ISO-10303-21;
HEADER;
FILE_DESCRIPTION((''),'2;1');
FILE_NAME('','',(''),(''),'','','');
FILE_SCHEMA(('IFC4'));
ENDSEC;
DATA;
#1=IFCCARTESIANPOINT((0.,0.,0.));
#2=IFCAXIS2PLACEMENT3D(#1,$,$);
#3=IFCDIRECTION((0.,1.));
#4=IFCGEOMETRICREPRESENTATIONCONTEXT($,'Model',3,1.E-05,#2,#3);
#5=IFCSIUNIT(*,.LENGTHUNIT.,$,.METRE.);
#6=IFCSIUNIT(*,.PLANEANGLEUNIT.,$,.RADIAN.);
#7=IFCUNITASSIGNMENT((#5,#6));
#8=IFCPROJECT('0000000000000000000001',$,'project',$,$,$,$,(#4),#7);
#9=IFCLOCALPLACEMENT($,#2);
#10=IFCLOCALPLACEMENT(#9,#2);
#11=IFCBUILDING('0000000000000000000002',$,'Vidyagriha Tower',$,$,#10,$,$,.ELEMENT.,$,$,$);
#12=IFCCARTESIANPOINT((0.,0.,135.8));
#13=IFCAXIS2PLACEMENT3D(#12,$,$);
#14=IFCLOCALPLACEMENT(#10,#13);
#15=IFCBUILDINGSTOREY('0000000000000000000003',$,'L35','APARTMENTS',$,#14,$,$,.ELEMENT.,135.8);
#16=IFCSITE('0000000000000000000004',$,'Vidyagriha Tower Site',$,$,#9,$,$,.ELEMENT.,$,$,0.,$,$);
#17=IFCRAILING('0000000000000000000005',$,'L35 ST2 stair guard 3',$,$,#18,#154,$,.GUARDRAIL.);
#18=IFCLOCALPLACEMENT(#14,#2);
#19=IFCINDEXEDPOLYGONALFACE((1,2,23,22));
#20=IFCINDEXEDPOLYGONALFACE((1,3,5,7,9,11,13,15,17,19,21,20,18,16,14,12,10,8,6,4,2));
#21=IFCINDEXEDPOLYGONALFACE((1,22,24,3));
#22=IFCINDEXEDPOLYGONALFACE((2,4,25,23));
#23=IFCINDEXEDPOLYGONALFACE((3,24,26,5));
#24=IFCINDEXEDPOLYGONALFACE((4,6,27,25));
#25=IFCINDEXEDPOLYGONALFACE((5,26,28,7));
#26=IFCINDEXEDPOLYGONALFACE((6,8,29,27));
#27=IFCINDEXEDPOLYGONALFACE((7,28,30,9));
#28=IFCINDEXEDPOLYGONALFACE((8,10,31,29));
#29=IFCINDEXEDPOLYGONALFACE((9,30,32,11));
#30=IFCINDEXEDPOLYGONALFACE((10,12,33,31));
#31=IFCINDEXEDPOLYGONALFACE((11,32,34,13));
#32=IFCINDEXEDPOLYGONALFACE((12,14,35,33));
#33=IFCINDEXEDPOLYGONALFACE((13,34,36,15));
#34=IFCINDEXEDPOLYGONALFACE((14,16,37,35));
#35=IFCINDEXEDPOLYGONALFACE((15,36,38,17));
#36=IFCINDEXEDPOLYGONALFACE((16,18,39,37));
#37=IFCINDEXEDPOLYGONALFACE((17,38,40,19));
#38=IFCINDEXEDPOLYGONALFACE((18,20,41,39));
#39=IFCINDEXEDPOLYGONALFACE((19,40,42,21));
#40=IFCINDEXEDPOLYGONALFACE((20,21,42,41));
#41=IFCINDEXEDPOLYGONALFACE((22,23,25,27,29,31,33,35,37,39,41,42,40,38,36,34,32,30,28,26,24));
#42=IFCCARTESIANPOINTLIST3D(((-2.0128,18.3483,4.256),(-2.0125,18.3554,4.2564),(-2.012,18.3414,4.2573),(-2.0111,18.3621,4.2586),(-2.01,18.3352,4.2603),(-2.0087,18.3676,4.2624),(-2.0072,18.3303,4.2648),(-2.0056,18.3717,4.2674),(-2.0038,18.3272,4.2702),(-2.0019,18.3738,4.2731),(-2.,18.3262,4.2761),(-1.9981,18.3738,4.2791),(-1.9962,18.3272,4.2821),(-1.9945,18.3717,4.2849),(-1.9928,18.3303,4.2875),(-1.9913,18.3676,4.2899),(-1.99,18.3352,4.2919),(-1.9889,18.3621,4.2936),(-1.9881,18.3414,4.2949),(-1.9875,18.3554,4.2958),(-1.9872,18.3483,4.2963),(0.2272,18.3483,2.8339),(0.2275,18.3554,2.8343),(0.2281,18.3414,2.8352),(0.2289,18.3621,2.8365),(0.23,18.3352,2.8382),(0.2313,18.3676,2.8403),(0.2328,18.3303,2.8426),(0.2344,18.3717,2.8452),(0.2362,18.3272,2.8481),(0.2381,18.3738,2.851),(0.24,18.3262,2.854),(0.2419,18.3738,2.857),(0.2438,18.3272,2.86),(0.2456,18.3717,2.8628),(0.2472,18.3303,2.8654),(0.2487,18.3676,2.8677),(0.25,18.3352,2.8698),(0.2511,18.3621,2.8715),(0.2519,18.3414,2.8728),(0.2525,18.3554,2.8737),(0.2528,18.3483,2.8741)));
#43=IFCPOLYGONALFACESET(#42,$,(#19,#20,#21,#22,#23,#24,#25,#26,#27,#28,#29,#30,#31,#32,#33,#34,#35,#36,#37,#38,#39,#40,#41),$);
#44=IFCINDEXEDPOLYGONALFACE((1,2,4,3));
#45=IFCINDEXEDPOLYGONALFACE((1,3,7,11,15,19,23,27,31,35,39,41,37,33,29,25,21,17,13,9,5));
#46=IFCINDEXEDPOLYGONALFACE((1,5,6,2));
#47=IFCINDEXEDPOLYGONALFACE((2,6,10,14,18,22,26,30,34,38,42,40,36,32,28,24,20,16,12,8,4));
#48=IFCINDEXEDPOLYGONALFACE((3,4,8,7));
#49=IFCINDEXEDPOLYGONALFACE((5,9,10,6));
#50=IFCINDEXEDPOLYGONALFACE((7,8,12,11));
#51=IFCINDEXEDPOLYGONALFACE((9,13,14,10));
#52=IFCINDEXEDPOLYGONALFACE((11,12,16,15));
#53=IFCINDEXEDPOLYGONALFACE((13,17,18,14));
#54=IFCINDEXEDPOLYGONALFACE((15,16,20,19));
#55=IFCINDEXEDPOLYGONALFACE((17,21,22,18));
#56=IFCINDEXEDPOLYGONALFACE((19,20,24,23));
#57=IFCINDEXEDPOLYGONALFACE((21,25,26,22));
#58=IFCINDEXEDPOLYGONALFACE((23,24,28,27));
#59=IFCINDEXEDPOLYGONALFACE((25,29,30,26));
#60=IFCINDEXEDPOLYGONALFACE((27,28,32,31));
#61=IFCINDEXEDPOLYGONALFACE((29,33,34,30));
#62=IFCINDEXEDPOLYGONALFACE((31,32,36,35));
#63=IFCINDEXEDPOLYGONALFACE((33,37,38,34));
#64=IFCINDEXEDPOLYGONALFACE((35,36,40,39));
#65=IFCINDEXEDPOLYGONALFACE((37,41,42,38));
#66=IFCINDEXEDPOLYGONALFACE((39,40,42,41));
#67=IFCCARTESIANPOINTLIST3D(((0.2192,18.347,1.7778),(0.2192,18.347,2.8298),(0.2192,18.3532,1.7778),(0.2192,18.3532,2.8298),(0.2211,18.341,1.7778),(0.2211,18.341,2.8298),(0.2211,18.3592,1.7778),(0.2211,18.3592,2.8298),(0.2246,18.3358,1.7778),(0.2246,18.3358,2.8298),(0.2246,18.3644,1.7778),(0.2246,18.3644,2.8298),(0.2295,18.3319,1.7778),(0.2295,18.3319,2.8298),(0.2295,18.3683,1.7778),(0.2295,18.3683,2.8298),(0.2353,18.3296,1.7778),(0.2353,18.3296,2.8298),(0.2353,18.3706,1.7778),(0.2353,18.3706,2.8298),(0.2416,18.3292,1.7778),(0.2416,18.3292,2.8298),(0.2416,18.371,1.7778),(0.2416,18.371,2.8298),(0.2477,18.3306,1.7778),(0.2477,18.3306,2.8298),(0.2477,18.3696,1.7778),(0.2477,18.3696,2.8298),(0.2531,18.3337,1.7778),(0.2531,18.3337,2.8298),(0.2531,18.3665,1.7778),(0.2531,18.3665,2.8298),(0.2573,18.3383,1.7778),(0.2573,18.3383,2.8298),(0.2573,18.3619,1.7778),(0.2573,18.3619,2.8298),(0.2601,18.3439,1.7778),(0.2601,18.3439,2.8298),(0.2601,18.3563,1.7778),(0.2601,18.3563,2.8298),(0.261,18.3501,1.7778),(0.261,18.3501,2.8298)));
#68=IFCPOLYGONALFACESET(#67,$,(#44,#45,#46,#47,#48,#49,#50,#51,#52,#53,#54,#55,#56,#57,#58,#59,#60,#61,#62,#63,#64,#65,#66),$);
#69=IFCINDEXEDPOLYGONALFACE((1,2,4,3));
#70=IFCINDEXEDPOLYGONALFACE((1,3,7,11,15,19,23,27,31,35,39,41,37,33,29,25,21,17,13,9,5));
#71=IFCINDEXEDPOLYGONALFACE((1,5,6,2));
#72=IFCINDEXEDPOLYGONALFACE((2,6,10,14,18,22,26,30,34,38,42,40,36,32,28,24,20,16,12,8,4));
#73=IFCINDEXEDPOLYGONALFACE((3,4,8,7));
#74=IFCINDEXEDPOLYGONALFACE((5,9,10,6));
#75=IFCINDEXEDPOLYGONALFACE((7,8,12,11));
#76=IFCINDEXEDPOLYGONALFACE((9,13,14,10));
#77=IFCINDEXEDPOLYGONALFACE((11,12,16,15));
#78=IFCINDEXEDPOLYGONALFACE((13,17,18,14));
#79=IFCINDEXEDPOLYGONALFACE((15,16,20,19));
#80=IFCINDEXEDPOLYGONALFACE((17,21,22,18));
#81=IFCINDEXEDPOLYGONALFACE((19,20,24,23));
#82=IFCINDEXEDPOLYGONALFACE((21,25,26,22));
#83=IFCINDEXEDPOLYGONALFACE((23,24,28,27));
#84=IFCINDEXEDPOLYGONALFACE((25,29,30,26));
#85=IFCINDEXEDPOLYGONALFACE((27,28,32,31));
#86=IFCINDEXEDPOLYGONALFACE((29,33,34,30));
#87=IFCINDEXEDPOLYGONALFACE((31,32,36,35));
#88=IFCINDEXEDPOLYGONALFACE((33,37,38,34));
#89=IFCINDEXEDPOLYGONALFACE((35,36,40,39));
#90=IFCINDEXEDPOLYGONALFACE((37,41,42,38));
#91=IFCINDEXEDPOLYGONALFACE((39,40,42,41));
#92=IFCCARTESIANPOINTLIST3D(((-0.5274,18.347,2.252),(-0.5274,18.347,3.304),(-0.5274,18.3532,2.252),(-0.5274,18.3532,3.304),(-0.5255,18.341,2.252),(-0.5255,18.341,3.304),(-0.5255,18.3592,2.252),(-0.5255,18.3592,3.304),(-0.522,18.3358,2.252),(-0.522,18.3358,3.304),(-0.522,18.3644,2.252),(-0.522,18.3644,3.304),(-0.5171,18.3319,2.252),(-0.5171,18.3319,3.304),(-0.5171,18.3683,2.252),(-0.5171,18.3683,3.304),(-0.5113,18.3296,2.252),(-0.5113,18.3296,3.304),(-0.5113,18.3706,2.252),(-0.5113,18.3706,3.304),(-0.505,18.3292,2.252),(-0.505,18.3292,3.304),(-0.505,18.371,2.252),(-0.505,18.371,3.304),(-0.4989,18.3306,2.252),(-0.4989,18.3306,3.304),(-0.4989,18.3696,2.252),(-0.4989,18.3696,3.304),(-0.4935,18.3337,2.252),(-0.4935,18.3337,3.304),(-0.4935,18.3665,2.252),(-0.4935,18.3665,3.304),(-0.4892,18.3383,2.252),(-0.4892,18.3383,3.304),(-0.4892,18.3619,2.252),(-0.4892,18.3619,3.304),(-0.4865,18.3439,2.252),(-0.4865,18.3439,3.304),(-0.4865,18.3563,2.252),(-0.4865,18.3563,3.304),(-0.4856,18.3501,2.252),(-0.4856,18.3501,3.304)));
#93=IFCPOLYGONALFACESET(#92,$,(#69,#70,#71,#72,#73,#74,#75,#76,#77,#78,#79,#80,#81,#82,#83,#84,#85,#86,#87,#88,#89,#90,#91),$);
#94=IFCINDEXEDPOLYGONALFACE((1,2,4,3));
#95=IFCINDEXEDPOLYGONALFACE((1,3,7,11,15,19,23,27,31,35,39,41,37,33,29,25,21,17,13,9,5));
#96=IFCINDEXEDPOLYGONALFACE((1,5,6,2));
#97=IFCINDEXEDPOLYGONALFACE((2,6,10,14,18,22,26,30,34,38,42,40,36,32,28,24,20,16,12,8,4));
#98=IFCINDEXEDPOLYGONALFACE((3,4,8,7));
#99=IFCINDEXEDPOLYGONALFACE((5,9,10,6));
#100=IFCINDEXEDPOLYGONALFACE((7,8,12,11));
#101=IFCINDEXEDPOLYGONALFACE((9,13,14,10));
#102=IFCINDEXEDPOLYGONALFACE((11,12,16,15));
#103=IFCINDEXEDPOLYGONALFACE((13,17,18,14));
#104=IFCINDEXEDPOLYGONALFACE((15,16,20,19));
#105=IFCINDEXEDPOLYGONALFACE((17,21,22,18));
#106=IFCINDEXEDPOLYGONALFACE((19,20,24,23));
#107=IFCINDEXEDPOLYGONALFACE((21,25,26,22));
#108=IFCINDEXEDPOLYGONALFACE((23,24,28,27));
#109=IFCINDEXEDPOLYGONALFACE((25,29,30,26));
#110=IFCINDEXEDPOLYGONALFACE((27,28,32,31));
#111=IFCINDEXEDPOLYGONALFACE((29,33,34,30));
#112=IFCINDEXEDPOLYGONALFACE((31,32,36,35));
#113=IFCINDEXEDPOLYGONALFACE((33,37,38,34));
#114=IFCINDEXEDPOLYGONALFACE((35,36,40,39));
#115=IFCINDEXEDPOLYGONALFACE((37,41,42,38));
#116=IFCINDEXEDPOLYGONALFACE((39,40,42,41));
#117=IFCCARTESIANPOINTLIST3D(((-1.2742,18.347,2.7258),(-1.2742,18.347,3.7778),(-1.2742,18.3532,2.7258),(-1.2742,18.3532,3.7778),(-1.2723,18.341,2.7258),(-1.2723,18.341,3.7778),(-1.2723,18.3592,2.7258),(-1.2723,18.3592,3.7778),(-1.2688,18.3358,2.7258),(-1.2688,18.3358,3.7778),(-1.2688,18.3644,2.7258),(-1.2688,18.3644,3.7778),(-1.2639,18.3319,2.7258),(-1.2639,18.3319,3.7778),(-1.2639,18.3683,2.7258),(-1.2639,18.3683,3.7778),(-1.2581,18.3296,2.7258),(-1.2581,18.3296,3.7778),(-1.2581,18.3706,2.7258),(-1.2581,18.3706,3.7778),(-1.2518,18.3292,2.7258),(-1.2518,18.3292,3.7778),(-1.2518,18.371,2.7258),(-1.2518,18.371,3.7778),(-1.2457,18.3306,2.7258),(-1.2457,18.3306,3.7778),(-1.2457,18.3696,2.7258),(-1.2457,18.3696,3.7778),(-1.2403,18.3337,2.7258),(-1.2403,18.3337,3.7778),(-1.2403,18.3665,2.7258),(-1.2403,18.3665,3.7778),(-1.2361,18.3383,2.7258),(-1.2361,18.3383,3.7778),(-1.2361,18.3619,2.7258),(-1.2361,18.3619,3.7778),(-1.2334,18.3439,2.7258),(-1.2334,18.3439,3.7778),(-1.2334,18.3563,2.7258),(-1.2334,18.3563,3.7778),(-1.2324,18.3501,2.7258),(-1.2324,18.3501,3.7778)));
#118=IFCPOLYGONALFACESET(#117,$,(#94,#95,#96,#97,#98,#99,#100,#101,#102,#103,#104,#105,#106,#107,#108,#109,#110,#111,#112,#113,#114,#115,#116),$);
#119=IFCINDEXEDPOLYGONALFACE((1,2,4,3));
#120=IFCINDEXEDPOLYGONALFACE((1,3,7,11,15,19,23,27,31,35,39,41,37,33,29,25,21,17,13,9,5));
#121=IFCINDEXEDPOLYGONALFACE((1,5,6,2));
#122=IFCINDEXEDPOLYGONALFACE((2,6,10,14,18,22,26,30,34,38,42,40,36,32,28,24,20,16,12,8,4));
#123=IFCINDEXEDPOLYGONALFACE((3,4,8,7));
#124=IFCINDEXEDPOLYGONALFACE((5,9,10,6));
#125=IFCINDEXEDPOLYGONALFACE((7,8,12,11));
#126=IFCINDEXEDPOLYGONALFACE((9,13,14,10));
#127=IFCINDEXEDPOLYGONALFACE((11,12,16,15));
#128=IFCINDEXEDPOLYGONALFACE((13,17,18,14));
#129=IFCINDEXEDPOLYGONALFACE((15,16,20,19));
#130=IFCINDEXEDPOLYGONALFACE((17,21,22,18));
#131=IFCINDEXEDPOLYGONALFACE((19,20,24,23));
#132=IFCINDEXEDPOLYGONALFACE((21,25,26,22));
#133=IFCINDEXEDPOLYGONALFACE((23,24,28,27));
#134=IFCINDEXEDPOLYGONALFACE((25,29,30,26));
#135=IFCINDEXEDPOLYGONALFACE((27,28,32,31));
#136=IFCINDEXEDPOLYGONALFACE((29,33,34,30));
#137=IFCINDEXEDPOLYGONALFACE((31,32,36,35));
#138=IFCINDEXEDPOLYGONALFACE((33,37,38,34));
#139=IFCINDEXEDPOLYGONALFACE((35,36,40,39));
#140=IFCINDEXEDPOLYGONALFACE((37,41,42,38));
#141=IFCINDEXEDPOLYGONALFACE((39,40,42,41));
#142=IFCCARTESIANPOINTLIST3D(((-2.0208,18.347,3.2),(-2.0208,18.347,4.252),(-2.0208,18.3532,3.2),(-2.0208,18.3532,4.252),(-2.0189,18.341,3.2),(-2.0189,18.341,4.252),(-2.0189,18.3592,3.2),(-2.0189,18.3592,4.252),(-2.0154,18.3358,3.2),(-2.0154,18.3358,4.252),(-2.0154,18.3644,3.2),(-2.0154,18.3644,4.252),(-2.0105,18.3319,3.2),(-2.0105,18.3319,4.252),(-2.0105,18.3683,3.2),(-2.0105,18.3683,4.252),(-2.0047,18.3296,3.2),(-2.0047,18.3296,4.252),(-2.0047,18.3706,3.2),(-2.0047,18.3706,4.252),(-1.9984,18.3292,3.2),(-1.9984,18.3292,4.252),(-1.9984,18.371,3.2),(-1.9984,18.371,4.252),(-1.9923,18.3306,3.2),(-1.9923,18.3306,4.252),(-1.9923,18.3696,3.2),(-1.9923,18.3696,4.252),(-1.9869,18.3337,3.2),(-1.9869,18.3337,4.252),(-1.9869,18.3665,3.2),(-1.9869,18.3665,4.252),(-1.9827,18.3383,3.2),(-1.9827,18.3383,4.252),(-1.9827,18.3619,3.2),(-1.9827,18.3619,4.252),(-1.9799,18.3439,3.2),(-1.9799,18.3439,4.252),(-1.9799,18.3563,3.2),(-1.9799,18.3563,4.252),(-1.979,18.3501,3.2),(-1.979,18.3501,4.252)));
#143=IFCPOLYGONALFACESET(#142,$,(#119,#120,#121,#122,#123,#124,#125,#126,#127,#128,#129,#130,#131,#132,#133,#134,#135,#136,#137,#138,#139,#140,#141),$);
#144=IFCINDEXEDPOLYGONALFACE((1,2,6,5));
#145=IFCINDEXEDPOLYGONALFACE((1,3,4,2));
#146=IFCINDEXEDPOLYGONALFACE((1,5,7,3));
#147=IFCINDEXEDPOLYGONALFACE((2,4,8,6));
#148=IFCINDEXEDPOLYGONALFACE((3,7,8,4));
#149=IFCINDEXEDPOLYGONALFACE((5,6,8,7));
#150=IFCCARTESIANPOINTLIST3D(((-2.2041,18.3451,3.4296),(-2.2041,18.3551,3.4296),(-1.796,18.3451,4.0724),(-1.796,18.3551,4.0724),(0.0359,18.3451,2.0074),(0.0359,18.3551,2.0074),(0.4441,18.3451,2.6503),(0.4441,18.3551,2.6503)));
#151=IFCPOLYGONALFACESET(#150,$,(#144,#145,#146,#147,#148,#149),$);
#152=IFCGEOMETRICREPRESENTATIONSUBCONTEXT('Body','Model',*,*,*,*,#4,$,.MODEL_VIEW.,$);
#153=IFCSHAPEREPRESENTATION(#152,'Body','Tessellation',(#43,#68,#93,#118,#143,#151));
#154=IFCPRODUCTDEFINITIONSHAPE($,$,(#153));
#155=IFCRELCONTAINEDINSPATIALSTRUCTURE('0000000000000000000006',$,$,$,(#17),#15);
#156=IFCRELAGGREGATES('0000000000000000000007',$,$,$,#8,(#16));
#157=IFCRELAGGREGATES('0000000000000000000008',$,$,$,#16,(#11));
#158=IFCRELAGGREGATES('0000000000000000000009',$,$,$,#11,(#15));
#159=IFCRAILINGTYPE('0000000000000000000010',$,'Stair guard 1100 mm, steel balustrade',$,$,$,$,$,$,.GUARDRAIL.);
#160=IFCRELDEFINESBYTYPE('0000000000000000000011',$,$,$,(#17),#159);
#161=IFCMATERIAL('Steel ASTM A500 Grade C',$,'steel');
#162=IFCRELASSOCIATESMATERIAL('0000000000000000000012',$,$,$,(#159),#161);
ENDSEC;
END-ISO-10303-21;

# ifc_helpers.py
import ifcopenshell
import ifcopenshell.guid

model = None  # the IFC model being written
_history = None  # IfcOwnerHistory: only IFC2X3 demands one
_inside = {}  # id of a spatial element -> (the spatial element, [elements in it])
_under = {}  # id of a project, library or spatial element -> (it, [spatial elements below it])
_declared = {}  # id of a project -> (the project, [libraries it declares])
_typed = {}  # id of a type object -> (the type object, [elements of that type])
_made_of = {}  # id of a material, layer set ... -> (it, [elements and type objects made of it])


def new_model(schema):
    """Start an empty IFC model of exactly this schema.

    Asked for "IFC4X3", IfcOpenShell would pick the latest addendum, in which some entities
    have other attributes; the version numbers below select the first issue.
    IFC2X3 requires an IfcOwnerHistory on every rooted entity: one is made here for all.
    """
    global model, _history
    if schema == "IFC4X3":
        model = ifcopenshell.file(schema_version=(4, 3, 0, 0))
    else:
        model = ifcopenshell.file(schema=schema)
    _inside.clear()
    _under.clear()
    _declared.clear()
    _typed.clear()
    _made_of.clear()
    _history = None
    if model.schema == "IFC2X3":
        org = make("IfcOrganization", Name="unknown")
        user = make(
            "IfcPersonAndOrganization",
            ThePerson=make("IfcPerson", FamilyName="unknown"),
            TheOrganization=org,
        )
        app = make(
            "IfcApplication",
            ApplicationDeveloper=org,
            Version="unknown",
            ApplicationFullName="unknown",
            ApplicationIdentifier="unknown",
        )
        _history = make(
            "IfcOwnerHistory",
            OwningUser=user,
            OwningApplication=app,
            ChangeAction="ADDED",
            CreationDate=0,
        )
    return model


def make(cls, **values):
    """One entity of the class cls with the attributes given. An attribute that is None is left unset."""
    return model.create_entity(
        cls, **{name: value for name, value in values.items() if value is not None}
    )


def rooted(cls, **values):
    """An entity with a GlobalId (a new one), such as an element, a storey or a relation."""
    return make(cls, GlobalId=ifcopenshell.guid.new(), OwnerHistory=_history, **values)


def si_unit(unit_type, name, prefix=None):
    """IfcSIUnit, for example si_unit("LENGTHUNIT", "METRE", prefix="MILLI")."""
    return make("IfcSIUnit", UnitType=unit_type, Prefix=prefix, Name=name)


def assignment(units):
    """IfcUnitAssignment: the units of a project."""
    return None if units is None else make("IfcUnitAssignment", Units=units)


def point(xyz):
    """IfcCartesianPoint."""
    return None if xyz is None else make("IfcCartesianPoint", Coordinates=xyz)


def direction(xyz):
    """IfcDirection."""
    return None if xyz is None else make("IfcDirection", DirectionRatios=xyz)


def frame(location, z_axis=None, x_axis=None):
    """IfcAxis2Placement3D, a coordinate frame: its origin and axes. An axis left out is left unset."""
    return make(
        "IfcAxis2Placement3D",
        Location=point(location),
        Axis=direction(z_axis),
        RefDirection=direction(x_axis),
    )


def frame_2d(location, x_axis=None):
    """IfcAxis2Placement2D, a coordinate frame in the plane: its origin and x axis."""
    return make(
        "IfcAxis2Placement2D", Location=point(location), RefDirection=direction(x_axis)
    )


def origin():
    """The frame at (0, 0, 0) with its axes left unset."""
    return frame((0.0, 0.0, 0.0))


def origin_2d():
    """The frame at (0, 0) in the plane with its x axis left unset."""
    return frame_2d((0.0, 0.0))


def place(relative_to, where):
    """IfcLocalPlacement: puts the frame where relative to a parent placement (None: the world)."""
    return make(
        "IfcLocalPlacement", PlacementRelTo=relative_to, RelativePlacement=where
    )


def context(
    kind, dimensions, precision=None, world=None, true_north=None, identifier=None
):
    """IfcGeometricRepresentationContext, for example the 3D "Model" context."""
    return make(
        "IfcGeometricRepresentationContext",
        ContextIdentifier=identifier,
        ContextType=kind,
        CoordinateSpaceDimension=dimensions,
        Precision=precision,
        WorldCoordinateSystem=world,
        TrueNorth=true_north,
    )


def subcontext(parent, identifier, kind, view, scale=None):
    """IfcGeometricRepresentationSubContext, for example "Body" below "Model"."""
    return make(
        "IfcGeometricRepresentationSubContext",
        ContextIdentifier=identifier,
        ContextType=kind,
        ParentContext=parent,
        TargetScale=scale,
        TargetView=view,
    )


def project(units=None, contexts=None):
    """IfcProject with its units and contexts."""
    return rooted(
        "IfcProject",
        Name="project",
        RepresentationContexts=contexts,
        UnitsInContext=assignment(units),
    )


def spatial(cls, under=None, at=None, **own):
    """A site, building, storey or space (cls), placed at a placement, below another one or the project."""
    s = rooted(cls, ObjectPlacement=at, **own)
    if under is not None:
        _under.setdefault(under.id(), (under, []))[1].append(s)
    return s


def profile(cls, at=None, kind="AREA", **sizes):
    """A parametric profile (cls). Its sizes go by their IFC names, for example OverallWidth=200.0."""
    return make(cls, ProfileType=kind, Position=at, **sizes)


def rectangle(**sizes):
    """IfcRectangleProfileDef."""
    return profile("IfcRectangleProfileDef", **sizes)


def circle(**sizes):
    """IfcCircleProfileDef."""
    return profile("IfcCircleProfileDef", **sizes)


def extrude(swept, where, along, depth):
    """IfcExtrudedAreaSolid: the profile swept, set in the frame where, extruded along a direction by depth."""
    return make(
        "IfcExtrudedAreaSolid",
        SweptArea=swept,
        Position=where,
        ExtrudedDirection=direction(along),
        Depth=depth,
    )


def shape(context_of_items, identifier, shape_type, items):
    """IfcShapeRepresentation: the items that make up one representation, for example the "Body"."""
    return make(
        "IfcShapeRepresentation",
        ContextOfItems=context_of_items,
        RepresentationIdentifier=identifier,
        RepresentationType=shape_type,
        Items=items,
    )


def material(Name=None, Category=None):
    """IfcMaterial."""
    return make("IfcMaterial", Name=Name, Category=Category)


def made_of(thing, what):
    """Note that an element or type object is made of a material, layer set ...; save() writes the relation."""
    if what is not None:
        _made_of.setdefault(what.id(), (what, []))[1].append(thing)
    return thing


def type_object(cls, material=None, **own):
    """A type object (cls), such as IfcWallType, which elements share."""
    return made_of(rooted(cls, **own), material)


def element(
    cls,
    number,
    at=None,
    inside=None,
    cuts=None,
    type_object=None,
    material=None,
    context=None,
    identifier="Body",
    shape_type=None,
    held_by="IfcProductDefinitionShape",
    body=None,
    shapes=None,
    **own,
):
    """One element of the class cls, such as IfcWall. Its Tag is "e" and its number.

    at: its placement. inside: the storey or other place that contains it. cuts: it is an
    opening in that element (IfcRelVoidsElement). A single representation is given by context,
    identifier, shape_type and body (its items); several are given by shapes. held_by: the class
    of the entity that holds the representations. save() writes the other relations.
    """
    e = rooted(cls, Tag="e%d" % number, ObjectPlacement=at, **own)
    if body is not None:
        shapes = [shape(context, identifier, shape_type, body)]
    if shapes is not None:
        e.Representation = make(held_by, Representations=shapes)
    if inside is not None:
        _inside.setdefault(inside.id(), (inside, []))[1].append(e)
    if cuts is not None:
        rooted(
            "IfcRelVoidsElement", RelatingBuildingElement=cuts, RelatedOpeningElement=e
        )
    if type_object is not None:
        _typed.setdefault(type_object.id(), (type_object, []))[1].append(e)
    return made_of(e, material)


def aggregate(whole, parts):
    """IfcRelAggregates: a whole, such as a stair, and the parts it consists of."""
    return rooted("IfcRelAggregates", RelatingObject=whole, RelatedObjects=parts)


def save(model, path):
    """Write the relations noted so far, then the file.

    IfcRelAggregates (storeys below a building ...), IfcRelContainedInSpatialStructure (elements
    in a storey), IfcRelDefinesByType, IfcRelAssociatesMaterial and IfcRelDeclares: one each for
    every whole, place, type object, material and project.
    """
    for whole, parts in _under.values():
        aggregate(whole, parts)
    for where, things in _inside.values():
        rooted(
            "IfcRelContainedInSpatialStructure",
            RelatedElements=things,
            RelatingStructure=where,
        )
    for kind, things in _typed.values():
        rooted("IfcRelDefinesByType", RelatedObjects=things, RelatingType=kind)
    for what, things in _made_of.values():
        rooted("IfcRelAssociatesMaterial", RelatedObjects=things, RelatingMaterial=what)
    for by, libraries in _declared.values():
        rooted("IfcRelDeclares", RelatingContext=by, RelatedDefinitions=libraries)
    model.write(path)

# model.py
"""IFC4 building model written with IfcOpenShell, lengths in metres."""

from ifc_helpers import new_model, si_unit, direction, frame, origin, origin_2d, place, context, subcontext, project, spatial, rectangle, circle, extrude, material, type_object, element, save


model = new_model("IFC4")

# Units and contexts
model_context = context("Model", 3, precision=1e-05, world=origin(), true_north=direction((0.0, 1.0)))
body_context = subcontext(model_context, "Body", "Model", "MODEL_VIEW")
ifc_project = project(units=[si_unit("LENGTHUNIT", "METRE"), si_unit("PLANEANGLEUNIT", "RADIAN")], contexts=[model_context])

# Site, building, storey
site_placement = place(None, origin())
site = spatial("IfcSite", under=ifc_project, at=site_placement, Name="Vidyagriha Tower Site", CompositionType="ELEMENT", RefElevation=0.0)
building_placement = place(site_placement, origin())
building = spatial("IfcBuilding", under=site, at=building_placement, Name="Vidyagriha Tower", CompositionType="ELEMENT")
storey_placement = place(building_placement, frame((0.0, 0.0, 135.8)))
storey = spatial("IfcBuildingStorey", under=building, at=storey_placement, Name="L35", Description="APARTMENTS", CompositionType="ELEMENT", Elevation=135.8)

# Railing
ifc_material_1 = material(Name="Steel ASTM A500 Grade C", Category="steel")
railing_type_1 = type_object("IfcRailingType", Name="Stair guard 1100 mm, steel balustrade", PredefinedType="GUARDRAIL", material=ifc_material_1)
railing_1_placement = place(storey_placement, frame((0.24, 18.3501, 1.7778)))
element("IfcRailing", 1, at=railing_1_placement, inside=storey, type_object=railing_type_1, Name="L35 ST2 stair guard 3", PredefinedType="GUARDRAIL", context=body_context, shape_type="SweptSolid", body=[
    extrude(circle(Radius=0.0239, at=origin_2d()), frame((0.0, 0.0, 1.0762), z_axis=(-0.844229, 0.0, 0.535982), x_axis=(0.0, -1.0, 0.0)), (0.0, 0.0, 1.0), 2.6533),
    extrude(circle(Radius=0.021, at=origin_2d()), origin(), (0.0, 0.0, 1.0), 1.052),
    extrude(circle(Radius=0.021, at=origin_2d()), frame((-0.7466, 0.0, 0.4741)), (0.0, 0.0, 1.0), 1.052),
    extrude(circle(Radius=0.021, at=origin_2d()), frame((-1.4934, 0.0, 0.948)), (0.0, 0.0, 1.0), 1.052),
    extrude(circle(Radius=0.021, at=origin_2d()), frame((-2.24, 0.0, 1.4221)), (0.0, 0.0, 1.0), 1.052),
    extrude(rectangle(XDim=0.01, YDim=0.7615, at=origin_2d()), frame((0.0, 0.0, 0.551), z_axis=(-0.844229, 0.0, 0.535982), x_axis=(0.0, -1.0, 0.0)), (0.0, 0.0, 1.0), 2.6533),
])

save(model, "model.ifc")
